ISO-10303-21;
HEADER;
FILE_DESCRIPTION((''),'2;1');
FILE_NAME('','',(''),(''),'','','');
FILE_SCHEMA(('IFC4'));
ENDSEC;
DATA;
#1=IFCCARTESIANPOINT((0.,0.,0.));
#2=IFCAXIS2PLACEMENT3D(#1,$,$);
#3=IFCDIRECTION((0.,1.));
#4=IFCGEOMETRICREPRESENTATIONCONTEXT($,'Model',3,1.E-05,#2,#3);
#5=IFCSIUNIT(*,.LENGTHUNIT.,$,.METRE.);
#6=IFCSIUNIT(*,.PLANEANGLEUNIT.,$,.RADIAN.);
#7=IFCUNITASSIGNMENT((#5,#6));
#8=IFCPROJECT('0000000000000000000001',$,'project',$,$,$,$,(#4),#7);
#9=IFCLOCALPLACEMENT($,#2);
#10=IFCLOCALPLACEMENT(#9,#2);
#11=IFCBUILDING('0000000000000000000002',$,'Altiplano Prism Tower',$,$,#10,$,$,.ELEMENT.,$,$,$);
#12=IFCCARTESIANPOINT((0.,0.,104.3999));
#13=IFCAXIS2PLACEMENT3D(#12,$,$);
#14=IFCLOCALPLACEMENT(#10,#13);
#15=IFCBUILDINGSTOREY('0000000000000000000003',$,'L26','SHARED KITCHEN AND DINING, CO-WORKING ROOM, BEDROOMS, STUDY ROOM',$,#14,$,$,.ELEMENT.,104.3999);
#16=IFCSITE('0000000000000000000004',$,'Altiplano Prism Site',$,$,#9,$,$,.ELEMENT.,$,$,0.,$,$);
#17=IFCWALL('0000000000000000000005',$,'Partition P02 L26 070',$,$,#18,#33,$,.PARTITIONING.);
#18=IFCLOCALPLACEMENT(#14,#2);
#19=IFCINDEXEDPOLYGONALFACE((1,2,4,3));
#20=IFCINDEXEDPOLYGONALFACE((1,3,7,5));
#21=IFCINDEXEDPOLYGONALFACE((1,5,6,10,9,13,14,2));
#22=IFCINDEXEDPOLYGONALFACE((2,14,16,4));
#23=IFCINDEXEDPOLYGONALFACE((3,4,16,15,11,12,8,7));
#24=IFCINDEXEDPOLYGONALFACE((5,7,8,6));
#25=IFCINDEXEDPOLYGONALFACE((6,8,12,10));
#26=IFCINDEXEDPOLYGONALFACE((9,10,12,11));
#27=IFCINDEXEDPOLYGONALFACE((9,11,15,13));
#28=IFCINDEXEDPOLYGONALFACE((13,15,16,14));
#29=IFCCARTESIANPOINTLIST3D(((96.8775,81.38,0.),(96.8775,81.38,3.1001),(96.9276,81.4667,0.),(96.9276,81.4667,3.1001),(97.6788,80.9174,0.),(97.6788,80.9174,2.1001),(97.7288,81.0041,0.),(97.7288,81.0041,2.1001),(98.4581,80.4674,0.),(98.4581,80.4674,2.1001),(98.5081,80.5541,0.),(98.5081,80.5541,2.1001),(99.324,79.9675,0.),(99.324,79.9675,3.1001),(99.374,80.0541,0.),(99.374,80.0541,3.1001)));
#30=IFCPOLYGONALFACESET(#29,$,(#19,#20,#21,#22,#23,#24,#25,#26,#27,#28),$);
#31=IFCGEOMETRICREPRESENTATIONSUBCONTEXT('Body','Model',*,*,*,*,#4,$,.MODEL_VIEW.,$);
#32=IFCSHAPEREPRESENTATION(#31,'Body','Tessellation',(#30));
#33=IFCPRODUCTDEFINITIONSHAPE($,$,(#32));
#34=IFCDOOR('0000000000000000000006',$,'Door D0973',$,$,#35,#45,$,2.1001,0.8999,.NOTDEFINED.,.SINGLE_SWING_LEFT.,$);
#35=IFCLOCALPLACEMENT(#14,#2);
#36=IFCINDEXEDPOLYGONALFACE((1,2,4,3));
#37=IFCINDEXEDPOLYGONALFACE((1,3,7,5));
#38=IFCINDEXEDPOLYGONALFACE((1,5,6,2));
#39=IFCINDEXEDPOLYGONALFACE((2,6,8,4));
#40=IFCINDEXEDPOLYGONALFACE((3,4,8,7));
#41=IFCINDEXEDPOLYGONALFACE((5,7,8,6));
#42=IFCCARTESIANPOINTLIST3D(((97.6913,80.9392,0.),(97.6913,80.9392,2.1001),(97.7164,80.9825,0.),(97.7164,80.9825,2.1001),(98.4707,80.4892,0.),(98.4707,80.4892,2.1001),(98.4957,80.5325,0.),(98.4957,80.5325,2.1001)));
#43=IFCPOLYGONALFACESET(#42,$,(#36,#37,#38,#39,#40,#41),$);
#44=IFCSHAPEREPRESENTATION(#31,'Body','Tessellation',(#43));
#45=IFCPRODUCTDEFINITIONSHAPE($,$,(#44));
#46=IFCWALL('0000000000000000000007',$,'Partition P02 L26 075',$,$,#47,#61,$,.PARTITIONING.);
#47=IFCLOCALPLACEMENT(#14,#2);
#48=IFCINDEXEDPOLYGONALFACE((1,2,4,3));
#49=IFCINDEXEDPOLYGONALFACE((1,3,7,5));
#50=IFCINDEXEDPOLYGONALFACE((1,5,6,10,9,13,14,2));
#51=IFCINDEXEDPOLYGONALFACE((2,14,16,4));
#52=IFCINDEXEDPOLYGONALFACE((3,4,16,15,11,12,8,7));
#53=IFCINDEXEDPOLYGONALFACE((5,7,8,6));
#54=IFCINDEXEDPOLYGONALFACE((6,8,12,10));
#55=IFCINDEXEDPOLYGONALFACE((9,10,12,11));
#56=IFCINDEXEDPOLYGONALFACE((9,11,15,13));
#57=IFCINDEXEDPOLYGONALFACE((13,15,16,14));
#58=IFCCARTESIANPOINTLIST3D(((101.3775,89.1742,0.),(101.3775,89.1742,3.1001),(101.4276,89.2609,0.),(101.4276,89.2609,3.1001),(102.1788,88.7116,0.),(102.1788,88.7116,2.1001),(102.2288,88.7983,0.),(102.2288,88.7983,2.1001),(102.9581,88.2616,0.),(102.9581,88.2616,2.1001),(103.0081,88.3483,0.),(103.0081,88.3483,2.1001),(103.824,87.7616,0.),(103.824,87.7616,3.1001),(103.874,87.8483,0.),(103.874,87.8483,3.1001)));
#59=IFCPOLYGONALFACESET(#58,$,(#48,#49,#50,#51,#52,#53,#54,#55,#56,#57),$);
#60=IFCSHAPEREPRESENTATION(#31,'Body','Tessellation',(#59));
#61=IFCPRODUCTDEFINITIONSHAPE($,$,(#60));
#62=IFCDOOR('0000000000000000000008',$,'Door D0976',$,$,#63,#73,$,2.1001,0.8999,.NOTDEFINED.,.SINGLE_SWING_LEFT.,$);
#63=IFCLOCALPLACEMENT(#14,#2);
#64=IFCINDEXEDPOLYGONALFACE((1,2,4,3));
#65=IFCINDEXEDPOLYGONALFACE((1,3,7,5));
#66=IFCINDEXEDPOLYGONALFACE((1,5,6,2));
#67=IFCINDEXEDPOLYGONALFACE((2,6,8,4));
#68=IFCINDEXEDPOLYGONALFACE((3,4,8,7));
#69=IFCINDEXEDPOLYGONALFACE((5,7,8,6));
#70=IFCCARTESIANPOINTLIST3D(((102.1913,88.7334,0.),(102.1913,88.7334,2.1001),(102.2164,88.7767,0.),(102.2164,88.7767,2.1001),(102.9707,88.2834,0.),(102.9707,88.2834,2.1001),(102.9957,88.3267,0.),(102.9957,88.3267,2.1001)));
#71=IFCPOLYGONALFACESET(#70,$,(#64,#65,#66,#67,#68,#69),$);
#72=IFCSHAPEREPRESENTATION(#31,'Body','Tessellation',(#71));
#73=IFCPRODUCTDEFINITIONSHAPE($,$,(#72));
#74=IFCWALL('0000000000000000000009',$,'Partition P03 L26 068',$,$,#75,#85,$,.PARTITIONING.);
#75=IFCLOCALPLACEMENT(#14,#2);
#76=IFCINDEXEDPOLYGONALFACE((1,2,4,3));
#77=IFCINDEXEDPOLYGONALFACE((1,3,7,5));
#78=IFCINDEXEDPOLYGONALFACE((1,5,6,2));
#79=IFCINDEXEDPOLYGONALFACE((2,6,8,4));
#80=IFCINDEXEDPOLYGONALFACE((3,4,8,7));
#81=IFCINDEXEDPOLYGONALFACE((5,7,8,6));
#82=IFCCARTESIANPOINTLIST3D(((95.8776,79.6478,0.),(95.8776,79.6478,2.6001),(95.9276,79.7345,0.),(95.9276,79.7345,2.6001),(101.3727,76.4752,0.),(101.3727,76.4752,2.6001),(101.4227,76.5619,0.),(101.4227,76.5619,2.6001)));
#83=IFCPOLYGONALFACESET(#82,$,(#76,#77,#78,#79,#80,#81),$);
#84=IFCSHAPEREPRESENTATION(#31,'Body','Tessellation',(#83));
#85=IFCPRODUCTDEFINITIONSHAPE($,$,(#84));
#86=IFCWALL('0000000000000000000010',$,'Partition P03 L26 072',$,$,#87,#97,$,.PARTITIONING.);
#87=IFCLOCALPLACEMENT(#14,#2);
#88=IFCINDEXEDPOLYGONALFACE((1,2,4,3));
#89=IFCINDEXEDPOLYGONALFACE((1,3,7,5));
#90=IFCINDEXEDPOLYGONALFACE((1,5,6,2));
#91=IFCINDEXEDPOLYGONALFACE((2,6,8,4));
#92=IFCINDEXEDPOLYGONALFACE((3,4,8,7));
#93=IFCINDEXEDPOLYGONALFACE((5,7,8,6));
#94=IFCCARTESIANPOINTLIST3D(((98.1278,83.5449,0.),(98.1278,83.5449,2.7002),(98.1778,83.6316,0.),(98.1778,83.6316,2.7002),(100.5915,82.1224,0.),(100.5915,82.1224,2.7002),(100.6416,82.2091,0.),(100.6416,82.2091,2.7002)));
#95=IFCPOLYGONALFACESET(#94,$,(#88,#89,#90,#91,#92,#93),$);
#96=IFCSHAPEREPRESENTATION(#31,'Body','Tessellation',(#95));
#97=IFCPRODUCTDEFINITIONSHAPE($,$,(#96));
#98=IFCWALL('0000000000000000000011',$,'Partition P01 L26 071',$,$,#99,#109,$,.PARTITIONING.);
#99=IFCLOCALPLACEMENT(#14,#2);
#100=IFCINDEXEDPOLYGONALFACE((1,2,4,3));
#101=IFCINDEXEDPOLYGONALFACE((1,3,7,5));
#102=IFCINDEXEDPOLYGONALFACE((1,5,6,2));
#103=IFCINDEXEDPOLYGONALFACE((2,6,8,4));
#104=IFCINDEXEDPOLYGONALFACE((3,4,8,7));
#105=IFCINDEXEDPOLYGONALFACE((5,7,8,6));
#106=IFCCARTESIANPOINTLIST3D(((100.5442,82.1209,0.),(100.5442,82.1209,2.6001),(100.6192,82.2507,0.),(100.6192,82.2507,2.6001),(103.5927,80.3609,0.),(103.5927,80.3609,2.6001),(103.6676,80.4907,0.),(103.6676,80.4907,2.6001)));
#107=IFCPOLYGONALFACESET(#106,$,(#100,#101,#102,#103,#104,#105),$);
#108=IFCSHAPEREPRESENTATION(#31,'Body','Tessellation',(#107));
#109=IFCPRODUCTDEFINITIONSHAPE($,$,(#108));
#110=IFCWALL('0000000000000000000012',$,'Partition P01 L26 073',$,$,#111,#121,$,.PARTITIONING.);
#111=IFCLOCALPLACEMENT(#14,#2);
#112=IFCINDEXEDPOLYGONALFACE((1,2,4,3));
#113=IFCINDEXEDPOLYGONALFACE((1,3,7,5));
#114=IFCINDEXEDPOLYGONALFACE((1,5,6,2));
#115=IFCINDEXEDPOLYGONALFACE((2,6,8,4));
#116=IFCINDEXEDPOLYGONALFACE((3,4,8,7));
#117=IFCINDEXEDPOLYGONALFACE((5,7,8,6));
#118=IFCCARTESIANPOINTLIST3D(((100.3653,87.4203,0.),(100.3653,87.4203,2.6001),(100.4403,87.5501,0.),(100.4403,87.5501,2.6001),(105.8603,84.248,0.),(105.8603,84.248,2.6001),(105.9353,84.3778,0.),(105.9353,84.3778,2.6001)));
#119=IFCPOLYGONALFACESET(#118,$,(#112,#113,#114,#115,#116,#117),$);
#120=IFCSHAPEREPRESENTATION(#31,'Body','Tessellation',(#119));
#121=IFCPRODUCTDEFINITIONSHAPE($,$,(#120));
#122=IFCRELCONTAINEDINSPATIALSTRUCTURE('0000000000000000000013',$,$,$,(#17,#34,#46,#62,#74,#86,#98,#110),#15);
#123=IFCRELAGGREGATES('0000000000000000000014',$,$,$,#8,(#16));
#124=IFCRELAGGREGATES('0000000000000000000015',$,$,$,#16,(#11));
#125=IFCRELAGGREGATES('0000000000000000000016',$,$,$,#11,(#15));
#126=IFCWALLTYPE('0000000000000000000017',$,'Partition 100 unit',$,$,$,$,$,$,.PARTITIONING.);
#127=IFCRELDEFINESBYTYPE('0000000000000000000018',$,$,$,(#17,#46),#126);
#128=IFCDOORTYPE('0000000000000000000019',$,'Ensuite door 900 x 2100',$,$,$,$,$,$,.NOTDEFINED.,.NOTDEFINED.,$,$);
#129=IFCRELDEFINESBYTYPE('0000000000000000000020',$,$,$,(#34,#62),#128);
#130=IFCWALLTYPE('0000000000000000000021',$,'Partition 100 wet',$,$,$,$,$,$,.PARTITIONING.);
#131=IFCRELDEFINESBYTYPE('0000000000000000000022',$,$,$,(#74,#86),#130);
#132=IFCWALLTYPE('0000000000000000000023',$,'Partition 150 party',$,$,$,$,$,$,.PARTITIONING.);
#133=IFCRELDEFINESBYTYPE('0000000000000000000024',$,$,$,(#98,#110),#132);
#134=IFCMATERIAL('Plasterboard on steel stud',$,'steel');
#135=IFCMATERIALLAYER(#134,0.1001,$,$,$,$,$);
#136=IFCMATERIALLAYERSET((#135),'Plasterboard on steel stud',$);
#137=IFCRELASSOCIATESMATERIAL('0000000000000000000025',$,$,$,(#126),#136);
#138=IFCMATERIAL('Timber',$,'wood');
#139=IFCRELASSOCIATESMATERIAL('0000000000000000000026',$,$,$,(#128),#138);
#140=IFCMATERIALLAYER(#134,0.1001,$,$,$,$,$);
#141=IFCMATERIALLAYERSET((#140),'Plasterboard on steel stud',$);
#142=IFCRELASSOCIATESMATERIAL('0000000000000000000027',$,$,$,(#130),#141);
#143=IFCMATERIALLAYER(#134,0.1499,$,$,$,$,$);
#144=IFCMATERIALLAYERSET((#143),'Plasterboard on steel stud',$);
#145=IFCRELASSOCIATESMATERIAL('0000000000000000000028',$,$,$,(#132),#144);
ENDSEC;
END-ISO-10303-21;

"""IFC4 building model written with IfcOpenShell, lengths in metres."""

from ifc_helpers import new_model, si_unit, direction, frame, frame_2d, origin, place, context, subcontext, project, spatial, rectangle, extrude, material, layer, layer_set, type_object, element, fill, save


model = new_model("IFC4")

# Units and contexts
model_context = context("Model", 3, precision=1e-05, world=origin(), true_north=direction((0.0, 1.0)))
body_context = subcontext(model_context, "Body", "Model", "MODEL_VIEW")
ifc_project = project(units=[si_unit("LENGTHUNIT", "METRE"), si_unit("PLANEANGLEUNIT", "RADIAN")], contexts=[model_context])

# Site, building, storey
site_placement = place(None, origin())
site = spatial("IfcSite", under=ifc_project, at=site_placement, Name="Altiplano Prism Site", CompositionType="ELEMENT", RefElevation=0.0)
building_placement = place(site_placement, origin())
building = spatial("IfcBuilding", under=site, at=building_placement, Name="Altiplano Prism Tower", CompositionType="ELEMENT")
storey_placement = place(building_placement, frame((0.0, 0.0, 104.3999)))
storey = spatial("IfcBuildingStorey", under=building, at=storey_placement, Name="L26", Description="SHARED KITCHEN AND DINING, CO-WORKING ROOM, BEDROOMS, STUDY ROOM", CompositionType="ELEMENT", Elevation=104.3999)

# Shared definitions
ifc_material_1 = material(Name="Plasterboard on steel stud", Category="steel")
ifc_layer_1 = layer(ifc_material_1, 0.1001)
ifc_layer_set_1 = layer_set([ifc_layer_1], Name="Plasterboard on steel stud")
wall_type_1 = type_object("IfcWallType", Name="Partition 100 unit", PredefinedType="PARTITIONING", material=ifc_layer_set_1)

# Walls, openings, doors
wall_1_placement = place(storey_placement, frame((99.3491, 80.0107, 0.0), z_axis=(0.0, 0.0, 1.0), x_axis=(-0.866011, 0.500024, 0.0)))
wall_1 = element("IfcWall", 1, at=wall_1_placement, inside=storey, type_object=wall_type_1, Name="Partition P02 L26 070", PredefinedType="PARTITIONING", context=body_context, shape_type="SweptSolid", body=[
    extrude(rectangle(XDim=2.825, YDim=0.1001, at=frame_2d((1.4126, 0.0))), origin(), (0.0, 0.0, 1.0), 3.1001),
])
opening_1_placement = place(wall_1_placement, frame((1.0, 0.0, 0.0)))
opening_1 = element("IfcOpeningElement", 2, at=opening_1_placement, cuts=wall_1, PredefinedType="OPENING", context=body_context, shape_type="SweptSolid", body=[
    extrude(rectangle(XDim=0.8999, YDim=2.1001, at=frame_2d((0.45, 1.05))), frame((0.0, 0.0605, 0.0), z_axis=(0.0, -1.0, 0.0), x_axis=(1.0, 0.0, 0.0)), (0.0, 0.0, 1.0), 0.1211),
])
ifc_material_2 = material(Name="Timber", Category="wood")
door_type = type_object("IfcDoorType", Name="Ensuite door 900 x 2100", OperationType="NOTDEFINED", PredefinedType="NOTDEFINED", material=ifc_material_2)
door_1_placement = place(opening_1_placement, origin())
door_1 = element("IfcDoor", 3, at=door_1_placement, inside=storey, type_object=door_type, Name="Door D0973", OperationType="SINGLE_SWING_LEFT", OverallHeight=2.1001, OverallWidth=0.8999, PredefinedType="NOTDEFINED", context=body_context, shape_type="SweptSolid", body=[
    extrude(rectangle(XDim=0.8999, YDim=2.1001, at=frame_2d((0.45, 1.05))), frame((0.0, 0.0249, 0.0), z_axis=(0.0, -1.0, 0.0), x_axis=(1.0, 0.0, 0.0)), (0.0, 0.0, 1.0), 0.05),
])
fill(opening_1, door_1)
wall_2_placement = place(storey_placement, frame((103.8491, 87.8049, 0.0), z_axis=(0.0, 0.0, 1.0), x_axis=(-0.866011, 0.500024, 0.0)))
wall_2 = element("IfcWall", 4, at=wall_2_placement, inside=storey, type_object=wall_type_1, Name="Partition P02 L26 075", PredefinedType="PARTITIONING", context=body_context, shape_type="SweptSolid", body=[
    extrude(rectangle(XDim=2.825, YDim=0.1001, at=frame_2d((1.4126, 0.0))), origin(), (0.0, 0.0, 1.0), 3.1001),
])
opening_2_placement = place(wall_2_placement, frame((1.0, 0.0, 0.0)))
opening_2 = element("IfcOpeningElement", 5, at=opening_2_placement, cuts=wall_2, PredefinedType="OPENING", context=body_context, shape_type="SweptSolid", body=[
    extrude(rectangle(XDim=0.8999, YDim=2.1001, at=frame_2d((0.45, 1.05))), frame((0.0, 0.0605, 0.0), z_axis=(0.0, -1.0, 0.0), x_axis=(1.0, 0.0, 0.0)), (0.0, 0.0, 1.0), 0.1211),
])
door_2_placement = place(opening_2_placement, origin())
door_2 = element("IfcDoor", 6, at=door_2_placement, inside=storey, type_object=door_type, Name="Door D0976", OperationType="SINGLE_SWING_LEFT", OverallHeight=2.1001, OverallWidth=0.8999, PredefinedType="NOTDEFINED", context=body_context, shape_type="SweptSolid", body=[
    extrude(rectangle(XDim=0.8999, YDim=2.1001, at=frame_2d((0.45, 1.05))), frame((0.0, 0.0249, 0.0), z_axis=(0.0, -1.0, 0.0), x_axis=(1.0, 0.0, 0.0)), (0.0, 0.0, 1.0), 0.05),
])
fill(opening_2, door_2)

# Walls
ifc_layer_2 = layer(ifc_material_1, 0.1001)
ifc_layer_set_2 = layer_set([ifc_layer_2], Name="Plasterboard on steel stud")
wall_type_2 = type_object("IfcWallType", Name="Partition 100 wet", PredefinedType="PARTITIONING", material=ifc_layer_set_2)
wall_3_placement = place(storey_placement, frame((101.3977, 76.5186, 0.0), z_axis=(0.0, 0.0, 1.0), x_axis=(-0.866025, 0.5, 0.0)))
element("IfcWall", 7, at=wall_3_placement, inside=storey, type_object=wall_type_2, Name="Partition P03 L26 068", PredefinedType="PARTITIONING", context=body_context, shape_type="SweptSolid", body=[
    extrude(rectangle(XDim=6.3452, YDim=0.1001, at=frame_2d((3.1726, 0.0))), origin(), (0.0, 0.0, 1.0), 2.6001),
])
wall_4_placement = place(storey_placement, frame((100.6165, 82.1658, 0.0), z_axis=(0.0, 0.0, 1.0), x_axis=(-0.866011, 0.500025, 0.0)))
element("IfcWall", 8, at=wall_4_placement, inside=storey, type_object=wall_type_2, Name="Partition P03 L26 072", PredefinedType="PARTITIONING", context=body_context, shape_type="SweptSolid", body=[
    extrude(rectangle(XDim=2.845, YDim=0.1001, at=frame_2d((1.4224, 0.0))), origin(), (0.0, 0.0, 1.0), 2.7002),
])
ifc_layer_3 = layer(ifc_material_1, 0.1499)
ifc_layer_set_3 = layer_set([ifc_layer_3], Name="Plasterboard on steel stud")
wall_type_3 = type_object("IfcWallType", Name="Partition 150 party", PredefinedType="PARTITIONING", material=ifc_layer_set_3)
wall_5_placement = place(storey_placement, frame((103.6301, 80.4258, 0.0), z_axis=(0.0, 0.0, 1.0), x_axis=(-0.866019, 0.500011, 0.0)))
element("IfcWall", 9, at=wall_5_placement, inside=storey, type_object=wall_type_3, Name="Partition P01 L26 071", PredefinedType="PARTITIONING", context=body_context, shape_type="SweptSolid", body=[
    extrude(rectangle(XDim=3.52, YDim=0.1499, at=frame_2d((1.76, 0.0))), origin(), (0.0, 0.0, 1.0), 2.6001),
])
wall_6_placement = place(storey_placement, frame((105.8977, 84.313, 0.0), z_axis=(0.0, 0.0, 1.0), x_axis=(-0.866042, 0.499971, 0.0)))
element("IfcWall", 10, at=wall_6_placement, inside=storey, type_object=wall_type_3, Name="Partition P01 L26 073", PredefinedType="PARTITIONING", context=body_context, shape_type="SweptSolid", body=[
    extrude(rectangle(XDim=6.345, YDim=0.1499, at=frame_2d((3.1724, 0.0))), origin(), (0.0, 0.0, 1.0), 2.6001),
])

save(model, "model.ifc")
